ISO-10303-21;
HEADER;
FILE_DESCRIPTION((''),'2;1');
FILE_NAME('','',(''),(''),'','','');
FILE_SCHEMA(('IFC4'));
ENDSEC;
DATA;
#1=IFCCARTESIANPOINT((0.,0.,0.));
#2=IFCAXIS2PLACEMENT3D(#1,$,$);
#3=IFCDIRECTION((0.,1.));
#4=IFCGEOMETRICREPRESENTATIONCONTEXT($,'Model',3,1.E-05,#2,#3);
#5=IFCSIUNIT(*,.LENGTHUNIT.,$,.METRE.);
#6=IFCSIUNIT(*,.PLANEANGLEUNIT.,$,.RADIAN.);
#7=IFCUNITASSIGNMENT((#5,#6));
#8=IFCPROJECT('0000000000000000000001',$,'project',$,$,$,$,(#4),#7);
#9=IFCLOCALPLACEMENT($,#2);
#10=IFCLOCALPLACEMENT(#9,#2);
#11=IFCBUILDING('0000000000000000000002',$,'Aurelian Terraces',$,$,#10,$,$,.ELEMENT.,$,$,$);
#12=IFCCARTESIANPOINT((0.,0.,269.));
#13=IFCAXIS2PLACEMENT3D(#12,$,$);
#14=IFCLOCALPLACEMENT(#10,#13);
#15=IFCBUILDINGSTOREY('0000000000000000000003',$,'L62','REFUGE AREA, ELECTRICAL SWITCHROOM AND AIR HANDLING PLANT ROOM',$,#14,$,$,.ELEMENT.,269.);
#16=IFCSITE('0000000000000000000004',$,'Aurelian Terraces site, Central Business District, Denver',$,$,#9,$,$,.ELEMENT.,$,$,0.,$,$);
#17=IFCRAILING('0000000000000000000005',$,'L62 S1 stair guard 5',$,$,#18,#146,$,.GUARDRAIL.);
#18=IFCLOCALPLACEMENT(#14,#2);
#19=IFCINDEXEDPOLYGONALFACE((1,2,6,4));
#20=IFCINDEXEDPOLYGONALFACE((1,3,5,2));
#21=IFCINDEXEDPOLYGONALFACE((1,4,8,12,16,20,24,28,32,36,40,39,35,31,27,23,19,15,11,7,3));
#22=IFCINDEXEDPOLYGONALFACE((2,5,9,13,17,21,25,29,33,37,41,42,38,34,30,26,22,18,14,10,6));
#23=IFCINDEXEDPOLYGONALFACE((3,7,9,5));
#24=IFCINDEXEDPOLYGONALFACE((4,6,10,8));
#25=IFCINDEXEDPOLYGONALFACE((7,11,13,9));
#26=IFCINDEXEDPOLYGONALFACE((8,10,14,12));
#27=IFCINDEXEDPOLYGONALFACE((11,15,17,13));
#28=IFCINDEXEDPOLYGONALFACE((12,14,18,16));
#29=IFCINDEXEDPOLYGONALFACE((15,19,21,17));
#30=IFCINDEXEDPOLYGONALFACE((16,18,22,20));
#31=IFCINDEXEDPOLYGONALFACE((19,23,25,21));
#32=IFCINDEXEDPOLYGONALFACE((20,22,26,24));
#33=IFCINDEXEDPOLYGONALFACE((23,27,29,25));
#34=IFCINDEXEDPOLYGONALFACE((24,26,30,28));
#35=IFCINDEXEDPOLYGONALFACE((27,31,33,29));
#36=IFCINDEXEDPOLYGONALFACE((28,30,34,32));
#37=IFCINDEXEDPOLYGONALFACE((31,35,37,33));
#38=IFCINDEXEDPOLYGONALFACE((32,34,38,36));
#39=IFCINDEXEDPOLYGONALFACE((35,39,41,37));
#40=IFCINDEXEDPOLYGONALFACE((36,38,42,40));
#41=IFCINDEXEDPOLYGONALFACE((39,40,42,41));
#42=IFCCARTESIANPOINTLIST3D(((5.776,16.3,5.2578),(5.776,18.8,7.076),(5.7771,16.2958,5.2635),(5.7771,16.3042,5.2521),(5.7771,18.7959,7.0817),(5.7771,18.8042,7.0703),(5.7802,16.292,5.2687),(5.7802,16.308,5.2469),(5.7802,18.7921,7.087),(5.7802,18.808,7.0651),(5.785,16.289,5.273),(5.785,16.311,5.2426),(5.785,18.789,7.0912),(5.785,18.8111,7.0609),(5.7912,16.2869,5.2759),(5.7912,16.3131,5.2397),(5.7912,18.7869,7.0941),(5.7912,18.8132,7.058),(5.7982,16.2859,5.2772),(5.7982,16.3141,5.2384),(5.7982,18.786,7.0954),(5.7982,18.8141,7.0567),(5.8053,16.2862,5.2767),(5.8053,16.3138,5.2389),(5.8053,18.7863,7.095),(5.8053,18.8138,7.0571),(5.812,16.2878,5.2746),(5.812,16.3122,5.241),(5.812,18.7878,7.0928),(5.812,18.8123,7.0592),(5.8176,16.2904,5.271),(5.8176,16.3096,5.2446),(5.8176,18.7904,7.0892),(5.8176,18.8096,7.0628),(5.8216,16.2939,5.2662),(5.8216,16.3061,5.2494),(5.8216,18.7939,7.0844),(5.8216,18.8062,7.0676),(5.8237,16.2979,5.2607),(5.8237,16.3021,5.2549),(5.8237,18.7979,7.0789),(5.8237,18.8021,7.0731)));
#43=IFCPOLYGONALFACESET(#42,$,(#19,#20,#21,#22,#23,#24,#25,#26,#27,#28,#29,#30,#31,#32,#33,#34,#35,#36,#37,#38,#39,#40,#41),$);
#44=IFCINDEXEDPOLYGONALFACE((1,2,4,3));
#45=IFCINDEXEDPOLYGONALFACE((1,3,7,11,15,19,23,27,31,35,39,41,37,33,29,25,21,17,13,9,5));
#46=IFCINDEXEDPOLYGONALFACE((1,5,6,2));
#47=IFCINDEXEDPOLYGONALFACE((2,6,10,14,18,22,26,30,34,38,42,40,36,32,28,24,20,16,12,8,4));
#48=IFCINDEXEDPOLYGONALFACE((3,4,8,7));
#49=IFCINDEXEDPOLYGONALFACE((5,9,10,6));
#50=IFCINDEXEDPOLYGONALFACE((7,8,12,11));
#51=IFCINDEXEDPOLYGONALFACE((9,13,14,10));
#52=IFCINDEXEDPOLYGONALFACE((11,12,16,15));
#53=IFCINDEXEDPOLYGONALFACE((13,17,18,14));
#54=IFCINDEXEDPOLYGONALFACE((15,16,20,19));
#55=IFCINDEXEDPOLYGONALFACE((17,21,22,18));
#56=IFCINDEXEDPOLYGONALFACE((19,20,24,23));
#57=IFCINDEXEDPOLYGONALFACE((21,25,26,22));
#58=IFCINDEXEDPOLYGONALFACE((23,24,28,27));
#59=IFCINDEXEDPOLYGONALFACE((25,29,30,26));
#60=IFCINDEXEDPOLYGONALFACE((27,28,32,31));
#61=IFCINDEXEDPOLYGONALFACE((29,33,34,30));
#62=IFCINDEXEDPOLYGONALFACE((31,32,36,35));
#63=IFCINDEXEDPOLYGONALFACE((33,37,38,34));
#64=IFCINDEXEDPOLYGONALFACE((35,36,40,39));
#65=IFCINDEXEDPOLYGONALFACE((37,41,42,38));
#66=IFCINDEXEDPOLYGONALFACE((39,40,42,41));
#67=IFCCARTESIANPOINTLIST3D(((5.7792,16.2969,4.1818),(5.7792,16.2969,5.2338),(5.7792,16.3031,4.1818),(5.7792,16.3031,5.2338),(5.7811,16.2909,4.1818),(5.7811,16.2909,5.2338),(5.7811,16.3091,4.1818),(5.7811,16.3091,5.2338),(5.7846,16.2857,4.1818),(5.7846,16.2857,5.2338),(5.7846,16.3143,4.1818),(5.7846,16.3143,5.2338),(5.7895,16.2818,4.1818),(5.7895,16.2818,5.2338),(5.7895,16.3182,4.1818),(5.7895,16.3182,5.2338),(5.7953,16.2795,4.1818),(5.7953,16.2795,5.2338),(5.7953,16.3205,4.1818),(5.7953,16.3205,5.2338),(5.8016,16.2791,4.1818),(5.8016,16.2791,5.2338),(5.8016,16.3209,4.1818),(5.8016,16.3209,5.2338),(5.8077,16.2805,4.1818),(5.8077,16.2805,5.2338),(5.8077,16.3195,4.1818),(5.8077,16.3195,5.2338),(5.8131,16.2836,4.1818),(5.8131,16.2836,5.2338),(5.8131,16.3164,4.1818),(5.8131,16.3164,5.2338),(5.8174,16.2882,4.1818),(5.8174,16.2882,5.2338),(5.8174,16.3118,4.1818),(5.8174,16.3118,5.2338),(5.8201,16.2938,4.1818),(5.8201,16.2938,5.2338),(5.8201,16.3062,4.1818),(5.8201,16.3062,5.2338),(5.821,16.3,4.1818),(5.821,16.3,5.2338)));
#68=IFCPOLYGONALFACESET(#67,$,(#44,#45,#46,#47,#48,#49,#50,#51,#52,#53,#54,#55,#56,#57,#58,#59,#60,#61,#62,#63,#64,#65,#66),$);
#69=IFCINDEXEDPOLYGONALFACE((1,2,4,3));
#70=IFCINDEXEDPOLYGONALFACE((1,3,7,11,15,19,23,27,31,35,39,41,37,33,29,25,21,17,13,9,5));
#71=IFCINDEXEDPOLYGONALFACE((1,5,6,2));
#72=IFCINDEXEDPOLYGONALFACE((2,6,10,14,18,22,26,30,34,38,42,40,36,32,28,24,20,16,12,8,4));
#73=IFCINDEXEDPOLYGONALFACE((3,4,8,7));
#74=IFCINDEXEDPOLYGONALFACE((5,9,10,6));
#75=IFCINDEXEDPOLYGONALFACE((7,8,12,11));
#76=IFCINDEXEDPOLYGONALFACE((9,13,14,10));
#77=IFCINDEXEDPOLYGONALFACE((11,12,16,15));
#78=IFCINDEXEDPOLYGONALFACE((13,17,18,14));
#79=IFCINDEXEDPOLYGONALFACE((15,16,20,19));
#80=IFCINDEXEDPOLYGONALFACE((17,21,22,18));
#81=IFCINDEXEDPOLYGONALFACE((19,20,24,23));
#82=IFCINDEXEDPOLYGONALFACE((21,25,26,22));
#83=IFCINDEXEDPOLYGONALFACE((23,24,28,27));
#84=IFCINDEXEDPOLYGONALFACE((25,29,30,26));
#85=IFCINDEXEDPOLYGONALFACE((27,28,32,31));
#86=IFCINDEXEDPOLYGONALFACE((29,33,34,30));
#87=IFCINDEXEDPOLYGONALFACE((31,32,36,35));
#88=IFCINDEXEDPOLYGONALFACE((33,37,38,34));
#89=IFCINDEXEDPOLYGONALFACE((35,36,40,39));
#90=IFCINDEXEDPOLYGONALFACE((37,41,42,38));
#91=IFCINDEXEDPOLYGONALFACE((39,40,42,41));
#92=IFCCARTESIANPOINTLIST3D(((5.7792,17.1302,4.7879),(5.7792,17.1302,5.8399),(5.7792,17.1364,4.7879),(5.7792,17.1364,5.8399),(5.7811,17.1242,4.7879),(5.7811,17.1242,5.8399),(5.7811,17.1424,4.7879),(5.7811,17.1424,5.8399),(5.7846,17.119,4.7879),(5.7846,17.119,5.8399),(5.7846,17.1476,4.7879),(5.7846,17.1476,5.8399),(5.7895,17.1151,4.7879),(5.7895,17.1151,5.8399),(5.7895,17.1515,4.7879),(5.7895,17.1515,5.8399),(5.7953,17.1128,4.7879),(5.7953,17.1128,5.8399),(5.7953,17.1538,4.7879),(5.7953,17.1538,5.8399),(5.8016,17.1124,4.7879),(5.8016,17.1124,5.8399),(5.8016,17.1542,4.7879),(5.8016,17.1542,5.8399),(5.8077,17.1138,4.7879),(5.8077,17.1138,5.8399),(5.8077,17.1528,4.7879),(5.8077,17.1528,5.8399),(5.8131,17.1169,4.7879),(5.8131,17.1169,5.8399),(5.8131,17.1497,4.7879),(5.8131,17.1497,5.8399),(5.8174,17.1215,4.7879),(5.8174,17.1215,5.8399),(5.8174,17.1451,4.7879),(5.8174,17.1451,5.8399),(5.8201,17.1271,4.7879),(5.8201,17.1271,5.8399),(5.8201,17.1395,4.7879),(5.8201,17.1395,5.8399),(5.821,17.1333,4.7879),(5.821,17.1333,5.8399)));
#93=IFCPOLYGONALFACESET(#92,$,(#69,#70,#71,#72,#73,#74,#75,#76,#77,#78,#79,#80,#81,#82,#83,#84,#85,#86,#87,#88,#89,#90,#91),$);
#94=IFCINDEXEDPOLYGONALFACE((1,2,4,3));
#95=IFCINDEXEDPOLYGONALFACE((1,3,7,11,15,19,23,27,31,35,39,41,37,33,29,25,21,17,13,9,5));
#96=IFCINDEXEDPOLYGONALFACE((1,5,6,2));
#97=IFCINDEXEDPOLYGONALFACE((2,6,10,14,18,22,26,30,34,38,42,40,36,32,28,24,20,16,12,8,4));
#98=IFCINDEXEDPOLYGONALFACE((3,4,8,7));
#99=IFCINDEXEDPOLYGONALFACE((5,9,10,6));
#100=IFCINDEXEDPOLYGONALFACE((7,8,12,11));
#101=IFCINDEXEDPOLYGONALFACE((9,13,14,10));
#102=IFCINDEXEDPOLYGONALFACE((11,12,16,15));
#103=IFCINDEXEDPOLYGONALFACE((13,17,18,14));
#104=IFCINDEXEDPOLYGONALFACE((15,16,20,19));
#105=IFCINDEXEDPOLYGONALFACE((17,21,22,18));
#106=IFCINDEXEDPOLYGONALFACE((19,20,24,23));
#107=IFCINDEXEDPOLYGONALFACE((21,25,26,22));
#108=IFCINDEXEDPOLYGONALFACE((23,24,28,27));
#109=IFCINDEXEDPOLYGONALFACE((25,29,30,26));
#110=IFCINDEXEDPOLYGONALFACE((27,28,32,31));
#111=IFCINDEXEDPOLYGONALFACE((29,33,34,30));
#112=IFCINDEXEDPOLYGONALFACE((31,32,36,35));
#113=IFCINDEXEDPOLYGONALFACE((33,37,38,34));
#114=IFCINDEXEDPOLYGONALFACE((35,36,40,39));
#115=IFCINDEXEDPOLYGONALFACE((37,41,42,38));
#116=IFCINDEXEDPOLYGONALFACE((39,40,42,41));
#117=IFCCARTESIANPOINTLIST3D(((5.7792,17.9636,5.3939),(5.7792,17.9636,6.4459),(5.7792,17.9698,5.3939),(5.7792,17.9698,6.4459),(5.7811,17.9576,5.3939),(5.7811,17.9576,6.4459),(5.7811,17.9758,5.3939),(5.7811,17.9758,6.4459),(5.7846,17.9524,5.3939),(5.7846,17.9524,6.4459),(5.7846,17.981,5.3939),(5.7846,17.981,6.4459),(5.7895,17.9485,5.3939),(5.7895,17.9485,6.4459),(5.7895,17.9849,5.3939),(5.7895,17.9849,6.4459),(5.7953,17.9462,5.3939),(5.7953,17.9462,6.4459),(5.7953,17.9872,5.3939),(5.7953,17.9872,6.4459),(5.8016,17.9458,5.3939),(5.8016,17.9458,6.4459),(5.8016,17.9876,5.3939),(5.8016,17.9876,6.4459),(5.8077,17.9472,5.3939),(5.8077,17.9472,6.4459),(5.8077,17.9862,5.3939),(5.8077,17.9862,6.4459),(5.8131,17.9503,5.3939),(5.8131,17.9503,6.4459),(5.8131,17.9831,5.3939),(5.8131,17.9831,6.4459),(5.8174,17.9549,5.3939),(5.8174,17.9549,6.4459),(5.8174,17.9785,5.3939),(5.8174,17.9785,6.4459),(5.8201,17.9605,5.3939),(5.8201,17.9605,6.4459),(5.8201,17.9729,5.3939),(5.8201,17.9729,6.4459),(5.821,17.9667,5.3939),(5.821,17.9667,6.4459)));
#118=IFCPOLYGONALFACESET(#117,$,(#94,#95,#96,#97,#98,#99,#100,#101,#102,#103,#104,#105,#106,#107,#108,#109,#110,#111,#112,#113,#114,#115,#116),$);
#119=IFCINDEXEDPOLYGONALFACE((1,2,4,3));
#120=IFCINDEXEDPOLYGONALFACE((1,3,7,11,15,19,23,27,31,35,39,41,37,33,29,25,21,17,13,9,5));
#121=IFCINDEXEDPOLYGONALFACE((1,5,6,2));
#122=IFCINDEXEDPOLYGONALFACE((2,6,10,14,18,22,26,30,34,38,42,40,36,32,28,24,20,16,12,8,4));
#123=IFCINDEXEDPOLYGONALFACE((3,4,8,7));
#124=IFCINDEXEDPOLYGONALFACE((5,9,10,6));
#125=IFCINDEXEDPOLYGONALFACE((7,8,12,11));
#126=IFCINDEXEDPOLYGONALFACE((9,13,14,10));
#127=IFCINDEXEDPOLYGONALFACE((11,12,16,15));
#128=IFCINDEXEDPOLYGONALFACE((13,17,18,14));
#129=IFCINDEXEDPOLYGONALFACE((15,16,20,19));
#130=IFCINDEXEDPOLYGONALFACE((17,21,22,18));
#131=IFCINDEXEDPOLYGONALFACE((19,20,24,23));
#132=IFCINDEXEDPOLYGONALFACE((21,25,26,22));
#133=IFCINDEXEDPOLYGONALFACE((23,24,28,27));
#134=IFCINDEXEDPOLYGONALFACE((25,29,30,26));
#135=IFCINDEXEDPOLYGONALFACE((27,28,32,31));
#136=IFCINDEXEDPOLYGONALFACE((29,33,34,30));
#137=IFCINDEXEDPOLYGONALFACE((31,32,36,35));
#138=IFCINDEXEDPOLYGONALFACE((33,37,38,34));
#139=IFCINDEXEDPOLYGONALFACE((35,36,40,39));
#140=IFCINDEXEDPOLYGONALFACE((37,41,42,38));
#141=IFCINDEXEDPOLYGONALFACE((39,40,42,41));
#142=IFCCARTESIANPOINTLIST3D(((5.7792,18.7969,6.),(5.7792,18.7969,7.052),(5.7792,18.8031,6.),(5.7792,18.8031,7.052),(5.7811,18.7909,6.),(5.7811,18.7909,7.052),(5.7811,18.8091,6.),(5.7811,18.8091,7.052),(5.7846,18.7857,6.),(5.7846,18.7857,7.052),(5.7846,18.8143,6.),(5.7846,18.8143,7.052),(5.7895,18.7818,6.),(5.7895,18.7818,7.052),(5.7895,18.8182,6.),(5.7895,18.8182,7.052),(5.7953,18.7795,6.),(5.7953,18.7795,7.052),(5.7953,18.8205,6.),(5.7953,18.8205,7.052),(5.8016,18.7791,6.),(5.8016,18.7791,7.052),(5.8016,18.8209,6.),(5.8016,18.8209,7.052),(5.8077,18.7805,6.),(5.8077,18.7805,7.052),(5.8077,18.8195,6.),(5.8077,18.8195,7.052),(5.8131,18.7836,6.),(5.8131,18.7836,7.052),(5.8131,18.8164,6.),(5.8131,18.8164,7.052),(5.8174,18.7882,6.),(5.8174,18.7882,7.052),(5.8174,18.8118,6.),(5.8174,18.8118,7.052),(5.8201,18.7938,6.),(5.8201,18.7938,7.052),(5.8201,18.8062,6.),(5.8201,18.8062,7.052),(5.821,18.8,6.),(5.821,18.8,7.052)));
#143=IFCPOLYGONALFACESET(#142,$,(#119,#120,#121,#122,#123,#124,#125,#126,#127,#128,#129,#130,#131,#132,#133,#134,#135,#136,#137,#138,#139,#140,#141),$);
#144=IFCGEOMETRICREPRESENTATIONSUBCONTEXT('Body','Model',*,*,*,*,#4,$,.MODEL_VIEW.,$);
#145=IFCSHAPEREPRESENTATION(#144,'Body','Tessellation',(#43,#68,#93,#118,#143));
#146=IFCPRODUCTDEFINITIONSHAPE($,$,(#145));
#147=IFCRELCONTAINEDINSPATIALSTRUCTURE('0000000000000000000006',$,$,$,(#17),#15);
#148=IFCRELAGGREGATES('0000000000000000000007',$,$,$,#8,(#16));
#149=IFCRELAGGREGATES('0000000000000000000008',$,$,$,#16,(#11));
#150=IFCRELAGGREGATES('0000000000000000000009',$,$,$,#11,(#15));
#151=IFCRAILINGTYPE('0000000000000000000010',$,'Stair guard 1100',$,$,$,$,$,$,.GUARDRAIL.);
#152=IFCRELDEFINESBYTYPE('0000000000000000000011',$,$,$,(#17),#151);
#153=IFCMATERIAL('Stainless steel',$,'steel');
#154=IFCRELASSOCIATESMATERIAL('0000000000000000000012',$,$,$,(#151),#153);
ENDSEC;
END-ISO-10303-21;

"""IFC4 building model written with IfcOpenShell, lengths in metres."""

from ifc_helpers import new_model, si_unit, direction, frame, origin, origin_2d, place, context, subcontext, project, spatial, circle, extrude, source, transform, mapped, material, type_object, element, save


model = new_model("IFC4")

# Units and contexts
model_context = context("Model", 3, precision=1e-05, world=origin(), true_north=direction((0.0, 1.0)))
body_context = subcontext(model_context, "Body", "Model", "MODEL_VIEW")
ifc_project = project(units=[si_unit("LENGTHUNIT", "METRE"), si_unit("PLANEANGLEUNIT", "RADIAN")], contexts=[model_context])

# Site, building, storey
site_placement = place(None, origin())
site = spatial("IfcSite", under=ifc_project, at=site_placement, Name="Aurelian Terraces site, Central Business District, Denver", CompositionType="ELEMENT", RefElevation=0.0)
building_placement = place(site_placement, origin())
building = spatial("IfcBuilding", under=site, at=building_placement, Name="Aurelian Terraces", CompositionType="ELEMENT")
storey_placement = place(building_placement, frame((0.0, 0.0, 269.0)))
storey = spatial("IfcBuildingStorey", under=building, at=storey_placement, Name="L62", Description="REFUGE AREA, ELECTRICAL SWITCHROOM AND AIR HANDLING PLANT ROOM", CompositionType="ELEMENT", Elevation=269.0)

# Railing
ifc_material_1 = material(Name="Stainless steel", Category="steel")
railing_type_1 = type_object("IfcRailingType", Name="Stair guard 1100", PredefinedType="GUARDRAIL", material=ifc_material_1)
shared_shape_1 = source(origin(), body_context, "Body", "SweptSolid", [
    extrude(circle(Radius=0.024, at=origin_2d()), frame((0.0, 0.0, 1.076), z_axis=(0.0, 0.808733, 0.588176), x_axis=(-1.0, 0.0, 0.0)), (0.0, 0.0, 1.0), 3.0913),
    extrude(circle(Radius=0.021, at=origin_2d()), origin(), (0.0, 0.0, 1.0), 1.052),
    extrude(circle(Radius=0.021, at=origin_2d()), frame((0.0, 0.8333, 0.6061)), (0.0, 0.0, 1.0), 1.052),
    extrude(circle(Radius=0.021, at=origin_2d()), frame((0.0, 1.6667, 1.2121)), (0.0, 0.0, 1.0), 1.052),
    extrude(circle(Radius=0.021, at=origin_2d()), frame((0.0, 2.5, 1.8182)), (0.0, 0.0, 1.0), 1.052),
])
for number, where, name in (
    (1, (5.8, 16.3, 4.1818), "L62 S1 stair guard 5"),
):
    element("IfcRailing", number, at=place(storey_placement, frame(where)), inside=storey, type_object=railing_type_1, Name=name, PredefinedType="GUARDRAIL", context=body_context, shape_type="MappedRepresentation", body=[
        mapped(shared_shape_1, transform((0.0, 0.0, 0.0), scale=1.0)),
    ])

save(model, "model.ifc")
